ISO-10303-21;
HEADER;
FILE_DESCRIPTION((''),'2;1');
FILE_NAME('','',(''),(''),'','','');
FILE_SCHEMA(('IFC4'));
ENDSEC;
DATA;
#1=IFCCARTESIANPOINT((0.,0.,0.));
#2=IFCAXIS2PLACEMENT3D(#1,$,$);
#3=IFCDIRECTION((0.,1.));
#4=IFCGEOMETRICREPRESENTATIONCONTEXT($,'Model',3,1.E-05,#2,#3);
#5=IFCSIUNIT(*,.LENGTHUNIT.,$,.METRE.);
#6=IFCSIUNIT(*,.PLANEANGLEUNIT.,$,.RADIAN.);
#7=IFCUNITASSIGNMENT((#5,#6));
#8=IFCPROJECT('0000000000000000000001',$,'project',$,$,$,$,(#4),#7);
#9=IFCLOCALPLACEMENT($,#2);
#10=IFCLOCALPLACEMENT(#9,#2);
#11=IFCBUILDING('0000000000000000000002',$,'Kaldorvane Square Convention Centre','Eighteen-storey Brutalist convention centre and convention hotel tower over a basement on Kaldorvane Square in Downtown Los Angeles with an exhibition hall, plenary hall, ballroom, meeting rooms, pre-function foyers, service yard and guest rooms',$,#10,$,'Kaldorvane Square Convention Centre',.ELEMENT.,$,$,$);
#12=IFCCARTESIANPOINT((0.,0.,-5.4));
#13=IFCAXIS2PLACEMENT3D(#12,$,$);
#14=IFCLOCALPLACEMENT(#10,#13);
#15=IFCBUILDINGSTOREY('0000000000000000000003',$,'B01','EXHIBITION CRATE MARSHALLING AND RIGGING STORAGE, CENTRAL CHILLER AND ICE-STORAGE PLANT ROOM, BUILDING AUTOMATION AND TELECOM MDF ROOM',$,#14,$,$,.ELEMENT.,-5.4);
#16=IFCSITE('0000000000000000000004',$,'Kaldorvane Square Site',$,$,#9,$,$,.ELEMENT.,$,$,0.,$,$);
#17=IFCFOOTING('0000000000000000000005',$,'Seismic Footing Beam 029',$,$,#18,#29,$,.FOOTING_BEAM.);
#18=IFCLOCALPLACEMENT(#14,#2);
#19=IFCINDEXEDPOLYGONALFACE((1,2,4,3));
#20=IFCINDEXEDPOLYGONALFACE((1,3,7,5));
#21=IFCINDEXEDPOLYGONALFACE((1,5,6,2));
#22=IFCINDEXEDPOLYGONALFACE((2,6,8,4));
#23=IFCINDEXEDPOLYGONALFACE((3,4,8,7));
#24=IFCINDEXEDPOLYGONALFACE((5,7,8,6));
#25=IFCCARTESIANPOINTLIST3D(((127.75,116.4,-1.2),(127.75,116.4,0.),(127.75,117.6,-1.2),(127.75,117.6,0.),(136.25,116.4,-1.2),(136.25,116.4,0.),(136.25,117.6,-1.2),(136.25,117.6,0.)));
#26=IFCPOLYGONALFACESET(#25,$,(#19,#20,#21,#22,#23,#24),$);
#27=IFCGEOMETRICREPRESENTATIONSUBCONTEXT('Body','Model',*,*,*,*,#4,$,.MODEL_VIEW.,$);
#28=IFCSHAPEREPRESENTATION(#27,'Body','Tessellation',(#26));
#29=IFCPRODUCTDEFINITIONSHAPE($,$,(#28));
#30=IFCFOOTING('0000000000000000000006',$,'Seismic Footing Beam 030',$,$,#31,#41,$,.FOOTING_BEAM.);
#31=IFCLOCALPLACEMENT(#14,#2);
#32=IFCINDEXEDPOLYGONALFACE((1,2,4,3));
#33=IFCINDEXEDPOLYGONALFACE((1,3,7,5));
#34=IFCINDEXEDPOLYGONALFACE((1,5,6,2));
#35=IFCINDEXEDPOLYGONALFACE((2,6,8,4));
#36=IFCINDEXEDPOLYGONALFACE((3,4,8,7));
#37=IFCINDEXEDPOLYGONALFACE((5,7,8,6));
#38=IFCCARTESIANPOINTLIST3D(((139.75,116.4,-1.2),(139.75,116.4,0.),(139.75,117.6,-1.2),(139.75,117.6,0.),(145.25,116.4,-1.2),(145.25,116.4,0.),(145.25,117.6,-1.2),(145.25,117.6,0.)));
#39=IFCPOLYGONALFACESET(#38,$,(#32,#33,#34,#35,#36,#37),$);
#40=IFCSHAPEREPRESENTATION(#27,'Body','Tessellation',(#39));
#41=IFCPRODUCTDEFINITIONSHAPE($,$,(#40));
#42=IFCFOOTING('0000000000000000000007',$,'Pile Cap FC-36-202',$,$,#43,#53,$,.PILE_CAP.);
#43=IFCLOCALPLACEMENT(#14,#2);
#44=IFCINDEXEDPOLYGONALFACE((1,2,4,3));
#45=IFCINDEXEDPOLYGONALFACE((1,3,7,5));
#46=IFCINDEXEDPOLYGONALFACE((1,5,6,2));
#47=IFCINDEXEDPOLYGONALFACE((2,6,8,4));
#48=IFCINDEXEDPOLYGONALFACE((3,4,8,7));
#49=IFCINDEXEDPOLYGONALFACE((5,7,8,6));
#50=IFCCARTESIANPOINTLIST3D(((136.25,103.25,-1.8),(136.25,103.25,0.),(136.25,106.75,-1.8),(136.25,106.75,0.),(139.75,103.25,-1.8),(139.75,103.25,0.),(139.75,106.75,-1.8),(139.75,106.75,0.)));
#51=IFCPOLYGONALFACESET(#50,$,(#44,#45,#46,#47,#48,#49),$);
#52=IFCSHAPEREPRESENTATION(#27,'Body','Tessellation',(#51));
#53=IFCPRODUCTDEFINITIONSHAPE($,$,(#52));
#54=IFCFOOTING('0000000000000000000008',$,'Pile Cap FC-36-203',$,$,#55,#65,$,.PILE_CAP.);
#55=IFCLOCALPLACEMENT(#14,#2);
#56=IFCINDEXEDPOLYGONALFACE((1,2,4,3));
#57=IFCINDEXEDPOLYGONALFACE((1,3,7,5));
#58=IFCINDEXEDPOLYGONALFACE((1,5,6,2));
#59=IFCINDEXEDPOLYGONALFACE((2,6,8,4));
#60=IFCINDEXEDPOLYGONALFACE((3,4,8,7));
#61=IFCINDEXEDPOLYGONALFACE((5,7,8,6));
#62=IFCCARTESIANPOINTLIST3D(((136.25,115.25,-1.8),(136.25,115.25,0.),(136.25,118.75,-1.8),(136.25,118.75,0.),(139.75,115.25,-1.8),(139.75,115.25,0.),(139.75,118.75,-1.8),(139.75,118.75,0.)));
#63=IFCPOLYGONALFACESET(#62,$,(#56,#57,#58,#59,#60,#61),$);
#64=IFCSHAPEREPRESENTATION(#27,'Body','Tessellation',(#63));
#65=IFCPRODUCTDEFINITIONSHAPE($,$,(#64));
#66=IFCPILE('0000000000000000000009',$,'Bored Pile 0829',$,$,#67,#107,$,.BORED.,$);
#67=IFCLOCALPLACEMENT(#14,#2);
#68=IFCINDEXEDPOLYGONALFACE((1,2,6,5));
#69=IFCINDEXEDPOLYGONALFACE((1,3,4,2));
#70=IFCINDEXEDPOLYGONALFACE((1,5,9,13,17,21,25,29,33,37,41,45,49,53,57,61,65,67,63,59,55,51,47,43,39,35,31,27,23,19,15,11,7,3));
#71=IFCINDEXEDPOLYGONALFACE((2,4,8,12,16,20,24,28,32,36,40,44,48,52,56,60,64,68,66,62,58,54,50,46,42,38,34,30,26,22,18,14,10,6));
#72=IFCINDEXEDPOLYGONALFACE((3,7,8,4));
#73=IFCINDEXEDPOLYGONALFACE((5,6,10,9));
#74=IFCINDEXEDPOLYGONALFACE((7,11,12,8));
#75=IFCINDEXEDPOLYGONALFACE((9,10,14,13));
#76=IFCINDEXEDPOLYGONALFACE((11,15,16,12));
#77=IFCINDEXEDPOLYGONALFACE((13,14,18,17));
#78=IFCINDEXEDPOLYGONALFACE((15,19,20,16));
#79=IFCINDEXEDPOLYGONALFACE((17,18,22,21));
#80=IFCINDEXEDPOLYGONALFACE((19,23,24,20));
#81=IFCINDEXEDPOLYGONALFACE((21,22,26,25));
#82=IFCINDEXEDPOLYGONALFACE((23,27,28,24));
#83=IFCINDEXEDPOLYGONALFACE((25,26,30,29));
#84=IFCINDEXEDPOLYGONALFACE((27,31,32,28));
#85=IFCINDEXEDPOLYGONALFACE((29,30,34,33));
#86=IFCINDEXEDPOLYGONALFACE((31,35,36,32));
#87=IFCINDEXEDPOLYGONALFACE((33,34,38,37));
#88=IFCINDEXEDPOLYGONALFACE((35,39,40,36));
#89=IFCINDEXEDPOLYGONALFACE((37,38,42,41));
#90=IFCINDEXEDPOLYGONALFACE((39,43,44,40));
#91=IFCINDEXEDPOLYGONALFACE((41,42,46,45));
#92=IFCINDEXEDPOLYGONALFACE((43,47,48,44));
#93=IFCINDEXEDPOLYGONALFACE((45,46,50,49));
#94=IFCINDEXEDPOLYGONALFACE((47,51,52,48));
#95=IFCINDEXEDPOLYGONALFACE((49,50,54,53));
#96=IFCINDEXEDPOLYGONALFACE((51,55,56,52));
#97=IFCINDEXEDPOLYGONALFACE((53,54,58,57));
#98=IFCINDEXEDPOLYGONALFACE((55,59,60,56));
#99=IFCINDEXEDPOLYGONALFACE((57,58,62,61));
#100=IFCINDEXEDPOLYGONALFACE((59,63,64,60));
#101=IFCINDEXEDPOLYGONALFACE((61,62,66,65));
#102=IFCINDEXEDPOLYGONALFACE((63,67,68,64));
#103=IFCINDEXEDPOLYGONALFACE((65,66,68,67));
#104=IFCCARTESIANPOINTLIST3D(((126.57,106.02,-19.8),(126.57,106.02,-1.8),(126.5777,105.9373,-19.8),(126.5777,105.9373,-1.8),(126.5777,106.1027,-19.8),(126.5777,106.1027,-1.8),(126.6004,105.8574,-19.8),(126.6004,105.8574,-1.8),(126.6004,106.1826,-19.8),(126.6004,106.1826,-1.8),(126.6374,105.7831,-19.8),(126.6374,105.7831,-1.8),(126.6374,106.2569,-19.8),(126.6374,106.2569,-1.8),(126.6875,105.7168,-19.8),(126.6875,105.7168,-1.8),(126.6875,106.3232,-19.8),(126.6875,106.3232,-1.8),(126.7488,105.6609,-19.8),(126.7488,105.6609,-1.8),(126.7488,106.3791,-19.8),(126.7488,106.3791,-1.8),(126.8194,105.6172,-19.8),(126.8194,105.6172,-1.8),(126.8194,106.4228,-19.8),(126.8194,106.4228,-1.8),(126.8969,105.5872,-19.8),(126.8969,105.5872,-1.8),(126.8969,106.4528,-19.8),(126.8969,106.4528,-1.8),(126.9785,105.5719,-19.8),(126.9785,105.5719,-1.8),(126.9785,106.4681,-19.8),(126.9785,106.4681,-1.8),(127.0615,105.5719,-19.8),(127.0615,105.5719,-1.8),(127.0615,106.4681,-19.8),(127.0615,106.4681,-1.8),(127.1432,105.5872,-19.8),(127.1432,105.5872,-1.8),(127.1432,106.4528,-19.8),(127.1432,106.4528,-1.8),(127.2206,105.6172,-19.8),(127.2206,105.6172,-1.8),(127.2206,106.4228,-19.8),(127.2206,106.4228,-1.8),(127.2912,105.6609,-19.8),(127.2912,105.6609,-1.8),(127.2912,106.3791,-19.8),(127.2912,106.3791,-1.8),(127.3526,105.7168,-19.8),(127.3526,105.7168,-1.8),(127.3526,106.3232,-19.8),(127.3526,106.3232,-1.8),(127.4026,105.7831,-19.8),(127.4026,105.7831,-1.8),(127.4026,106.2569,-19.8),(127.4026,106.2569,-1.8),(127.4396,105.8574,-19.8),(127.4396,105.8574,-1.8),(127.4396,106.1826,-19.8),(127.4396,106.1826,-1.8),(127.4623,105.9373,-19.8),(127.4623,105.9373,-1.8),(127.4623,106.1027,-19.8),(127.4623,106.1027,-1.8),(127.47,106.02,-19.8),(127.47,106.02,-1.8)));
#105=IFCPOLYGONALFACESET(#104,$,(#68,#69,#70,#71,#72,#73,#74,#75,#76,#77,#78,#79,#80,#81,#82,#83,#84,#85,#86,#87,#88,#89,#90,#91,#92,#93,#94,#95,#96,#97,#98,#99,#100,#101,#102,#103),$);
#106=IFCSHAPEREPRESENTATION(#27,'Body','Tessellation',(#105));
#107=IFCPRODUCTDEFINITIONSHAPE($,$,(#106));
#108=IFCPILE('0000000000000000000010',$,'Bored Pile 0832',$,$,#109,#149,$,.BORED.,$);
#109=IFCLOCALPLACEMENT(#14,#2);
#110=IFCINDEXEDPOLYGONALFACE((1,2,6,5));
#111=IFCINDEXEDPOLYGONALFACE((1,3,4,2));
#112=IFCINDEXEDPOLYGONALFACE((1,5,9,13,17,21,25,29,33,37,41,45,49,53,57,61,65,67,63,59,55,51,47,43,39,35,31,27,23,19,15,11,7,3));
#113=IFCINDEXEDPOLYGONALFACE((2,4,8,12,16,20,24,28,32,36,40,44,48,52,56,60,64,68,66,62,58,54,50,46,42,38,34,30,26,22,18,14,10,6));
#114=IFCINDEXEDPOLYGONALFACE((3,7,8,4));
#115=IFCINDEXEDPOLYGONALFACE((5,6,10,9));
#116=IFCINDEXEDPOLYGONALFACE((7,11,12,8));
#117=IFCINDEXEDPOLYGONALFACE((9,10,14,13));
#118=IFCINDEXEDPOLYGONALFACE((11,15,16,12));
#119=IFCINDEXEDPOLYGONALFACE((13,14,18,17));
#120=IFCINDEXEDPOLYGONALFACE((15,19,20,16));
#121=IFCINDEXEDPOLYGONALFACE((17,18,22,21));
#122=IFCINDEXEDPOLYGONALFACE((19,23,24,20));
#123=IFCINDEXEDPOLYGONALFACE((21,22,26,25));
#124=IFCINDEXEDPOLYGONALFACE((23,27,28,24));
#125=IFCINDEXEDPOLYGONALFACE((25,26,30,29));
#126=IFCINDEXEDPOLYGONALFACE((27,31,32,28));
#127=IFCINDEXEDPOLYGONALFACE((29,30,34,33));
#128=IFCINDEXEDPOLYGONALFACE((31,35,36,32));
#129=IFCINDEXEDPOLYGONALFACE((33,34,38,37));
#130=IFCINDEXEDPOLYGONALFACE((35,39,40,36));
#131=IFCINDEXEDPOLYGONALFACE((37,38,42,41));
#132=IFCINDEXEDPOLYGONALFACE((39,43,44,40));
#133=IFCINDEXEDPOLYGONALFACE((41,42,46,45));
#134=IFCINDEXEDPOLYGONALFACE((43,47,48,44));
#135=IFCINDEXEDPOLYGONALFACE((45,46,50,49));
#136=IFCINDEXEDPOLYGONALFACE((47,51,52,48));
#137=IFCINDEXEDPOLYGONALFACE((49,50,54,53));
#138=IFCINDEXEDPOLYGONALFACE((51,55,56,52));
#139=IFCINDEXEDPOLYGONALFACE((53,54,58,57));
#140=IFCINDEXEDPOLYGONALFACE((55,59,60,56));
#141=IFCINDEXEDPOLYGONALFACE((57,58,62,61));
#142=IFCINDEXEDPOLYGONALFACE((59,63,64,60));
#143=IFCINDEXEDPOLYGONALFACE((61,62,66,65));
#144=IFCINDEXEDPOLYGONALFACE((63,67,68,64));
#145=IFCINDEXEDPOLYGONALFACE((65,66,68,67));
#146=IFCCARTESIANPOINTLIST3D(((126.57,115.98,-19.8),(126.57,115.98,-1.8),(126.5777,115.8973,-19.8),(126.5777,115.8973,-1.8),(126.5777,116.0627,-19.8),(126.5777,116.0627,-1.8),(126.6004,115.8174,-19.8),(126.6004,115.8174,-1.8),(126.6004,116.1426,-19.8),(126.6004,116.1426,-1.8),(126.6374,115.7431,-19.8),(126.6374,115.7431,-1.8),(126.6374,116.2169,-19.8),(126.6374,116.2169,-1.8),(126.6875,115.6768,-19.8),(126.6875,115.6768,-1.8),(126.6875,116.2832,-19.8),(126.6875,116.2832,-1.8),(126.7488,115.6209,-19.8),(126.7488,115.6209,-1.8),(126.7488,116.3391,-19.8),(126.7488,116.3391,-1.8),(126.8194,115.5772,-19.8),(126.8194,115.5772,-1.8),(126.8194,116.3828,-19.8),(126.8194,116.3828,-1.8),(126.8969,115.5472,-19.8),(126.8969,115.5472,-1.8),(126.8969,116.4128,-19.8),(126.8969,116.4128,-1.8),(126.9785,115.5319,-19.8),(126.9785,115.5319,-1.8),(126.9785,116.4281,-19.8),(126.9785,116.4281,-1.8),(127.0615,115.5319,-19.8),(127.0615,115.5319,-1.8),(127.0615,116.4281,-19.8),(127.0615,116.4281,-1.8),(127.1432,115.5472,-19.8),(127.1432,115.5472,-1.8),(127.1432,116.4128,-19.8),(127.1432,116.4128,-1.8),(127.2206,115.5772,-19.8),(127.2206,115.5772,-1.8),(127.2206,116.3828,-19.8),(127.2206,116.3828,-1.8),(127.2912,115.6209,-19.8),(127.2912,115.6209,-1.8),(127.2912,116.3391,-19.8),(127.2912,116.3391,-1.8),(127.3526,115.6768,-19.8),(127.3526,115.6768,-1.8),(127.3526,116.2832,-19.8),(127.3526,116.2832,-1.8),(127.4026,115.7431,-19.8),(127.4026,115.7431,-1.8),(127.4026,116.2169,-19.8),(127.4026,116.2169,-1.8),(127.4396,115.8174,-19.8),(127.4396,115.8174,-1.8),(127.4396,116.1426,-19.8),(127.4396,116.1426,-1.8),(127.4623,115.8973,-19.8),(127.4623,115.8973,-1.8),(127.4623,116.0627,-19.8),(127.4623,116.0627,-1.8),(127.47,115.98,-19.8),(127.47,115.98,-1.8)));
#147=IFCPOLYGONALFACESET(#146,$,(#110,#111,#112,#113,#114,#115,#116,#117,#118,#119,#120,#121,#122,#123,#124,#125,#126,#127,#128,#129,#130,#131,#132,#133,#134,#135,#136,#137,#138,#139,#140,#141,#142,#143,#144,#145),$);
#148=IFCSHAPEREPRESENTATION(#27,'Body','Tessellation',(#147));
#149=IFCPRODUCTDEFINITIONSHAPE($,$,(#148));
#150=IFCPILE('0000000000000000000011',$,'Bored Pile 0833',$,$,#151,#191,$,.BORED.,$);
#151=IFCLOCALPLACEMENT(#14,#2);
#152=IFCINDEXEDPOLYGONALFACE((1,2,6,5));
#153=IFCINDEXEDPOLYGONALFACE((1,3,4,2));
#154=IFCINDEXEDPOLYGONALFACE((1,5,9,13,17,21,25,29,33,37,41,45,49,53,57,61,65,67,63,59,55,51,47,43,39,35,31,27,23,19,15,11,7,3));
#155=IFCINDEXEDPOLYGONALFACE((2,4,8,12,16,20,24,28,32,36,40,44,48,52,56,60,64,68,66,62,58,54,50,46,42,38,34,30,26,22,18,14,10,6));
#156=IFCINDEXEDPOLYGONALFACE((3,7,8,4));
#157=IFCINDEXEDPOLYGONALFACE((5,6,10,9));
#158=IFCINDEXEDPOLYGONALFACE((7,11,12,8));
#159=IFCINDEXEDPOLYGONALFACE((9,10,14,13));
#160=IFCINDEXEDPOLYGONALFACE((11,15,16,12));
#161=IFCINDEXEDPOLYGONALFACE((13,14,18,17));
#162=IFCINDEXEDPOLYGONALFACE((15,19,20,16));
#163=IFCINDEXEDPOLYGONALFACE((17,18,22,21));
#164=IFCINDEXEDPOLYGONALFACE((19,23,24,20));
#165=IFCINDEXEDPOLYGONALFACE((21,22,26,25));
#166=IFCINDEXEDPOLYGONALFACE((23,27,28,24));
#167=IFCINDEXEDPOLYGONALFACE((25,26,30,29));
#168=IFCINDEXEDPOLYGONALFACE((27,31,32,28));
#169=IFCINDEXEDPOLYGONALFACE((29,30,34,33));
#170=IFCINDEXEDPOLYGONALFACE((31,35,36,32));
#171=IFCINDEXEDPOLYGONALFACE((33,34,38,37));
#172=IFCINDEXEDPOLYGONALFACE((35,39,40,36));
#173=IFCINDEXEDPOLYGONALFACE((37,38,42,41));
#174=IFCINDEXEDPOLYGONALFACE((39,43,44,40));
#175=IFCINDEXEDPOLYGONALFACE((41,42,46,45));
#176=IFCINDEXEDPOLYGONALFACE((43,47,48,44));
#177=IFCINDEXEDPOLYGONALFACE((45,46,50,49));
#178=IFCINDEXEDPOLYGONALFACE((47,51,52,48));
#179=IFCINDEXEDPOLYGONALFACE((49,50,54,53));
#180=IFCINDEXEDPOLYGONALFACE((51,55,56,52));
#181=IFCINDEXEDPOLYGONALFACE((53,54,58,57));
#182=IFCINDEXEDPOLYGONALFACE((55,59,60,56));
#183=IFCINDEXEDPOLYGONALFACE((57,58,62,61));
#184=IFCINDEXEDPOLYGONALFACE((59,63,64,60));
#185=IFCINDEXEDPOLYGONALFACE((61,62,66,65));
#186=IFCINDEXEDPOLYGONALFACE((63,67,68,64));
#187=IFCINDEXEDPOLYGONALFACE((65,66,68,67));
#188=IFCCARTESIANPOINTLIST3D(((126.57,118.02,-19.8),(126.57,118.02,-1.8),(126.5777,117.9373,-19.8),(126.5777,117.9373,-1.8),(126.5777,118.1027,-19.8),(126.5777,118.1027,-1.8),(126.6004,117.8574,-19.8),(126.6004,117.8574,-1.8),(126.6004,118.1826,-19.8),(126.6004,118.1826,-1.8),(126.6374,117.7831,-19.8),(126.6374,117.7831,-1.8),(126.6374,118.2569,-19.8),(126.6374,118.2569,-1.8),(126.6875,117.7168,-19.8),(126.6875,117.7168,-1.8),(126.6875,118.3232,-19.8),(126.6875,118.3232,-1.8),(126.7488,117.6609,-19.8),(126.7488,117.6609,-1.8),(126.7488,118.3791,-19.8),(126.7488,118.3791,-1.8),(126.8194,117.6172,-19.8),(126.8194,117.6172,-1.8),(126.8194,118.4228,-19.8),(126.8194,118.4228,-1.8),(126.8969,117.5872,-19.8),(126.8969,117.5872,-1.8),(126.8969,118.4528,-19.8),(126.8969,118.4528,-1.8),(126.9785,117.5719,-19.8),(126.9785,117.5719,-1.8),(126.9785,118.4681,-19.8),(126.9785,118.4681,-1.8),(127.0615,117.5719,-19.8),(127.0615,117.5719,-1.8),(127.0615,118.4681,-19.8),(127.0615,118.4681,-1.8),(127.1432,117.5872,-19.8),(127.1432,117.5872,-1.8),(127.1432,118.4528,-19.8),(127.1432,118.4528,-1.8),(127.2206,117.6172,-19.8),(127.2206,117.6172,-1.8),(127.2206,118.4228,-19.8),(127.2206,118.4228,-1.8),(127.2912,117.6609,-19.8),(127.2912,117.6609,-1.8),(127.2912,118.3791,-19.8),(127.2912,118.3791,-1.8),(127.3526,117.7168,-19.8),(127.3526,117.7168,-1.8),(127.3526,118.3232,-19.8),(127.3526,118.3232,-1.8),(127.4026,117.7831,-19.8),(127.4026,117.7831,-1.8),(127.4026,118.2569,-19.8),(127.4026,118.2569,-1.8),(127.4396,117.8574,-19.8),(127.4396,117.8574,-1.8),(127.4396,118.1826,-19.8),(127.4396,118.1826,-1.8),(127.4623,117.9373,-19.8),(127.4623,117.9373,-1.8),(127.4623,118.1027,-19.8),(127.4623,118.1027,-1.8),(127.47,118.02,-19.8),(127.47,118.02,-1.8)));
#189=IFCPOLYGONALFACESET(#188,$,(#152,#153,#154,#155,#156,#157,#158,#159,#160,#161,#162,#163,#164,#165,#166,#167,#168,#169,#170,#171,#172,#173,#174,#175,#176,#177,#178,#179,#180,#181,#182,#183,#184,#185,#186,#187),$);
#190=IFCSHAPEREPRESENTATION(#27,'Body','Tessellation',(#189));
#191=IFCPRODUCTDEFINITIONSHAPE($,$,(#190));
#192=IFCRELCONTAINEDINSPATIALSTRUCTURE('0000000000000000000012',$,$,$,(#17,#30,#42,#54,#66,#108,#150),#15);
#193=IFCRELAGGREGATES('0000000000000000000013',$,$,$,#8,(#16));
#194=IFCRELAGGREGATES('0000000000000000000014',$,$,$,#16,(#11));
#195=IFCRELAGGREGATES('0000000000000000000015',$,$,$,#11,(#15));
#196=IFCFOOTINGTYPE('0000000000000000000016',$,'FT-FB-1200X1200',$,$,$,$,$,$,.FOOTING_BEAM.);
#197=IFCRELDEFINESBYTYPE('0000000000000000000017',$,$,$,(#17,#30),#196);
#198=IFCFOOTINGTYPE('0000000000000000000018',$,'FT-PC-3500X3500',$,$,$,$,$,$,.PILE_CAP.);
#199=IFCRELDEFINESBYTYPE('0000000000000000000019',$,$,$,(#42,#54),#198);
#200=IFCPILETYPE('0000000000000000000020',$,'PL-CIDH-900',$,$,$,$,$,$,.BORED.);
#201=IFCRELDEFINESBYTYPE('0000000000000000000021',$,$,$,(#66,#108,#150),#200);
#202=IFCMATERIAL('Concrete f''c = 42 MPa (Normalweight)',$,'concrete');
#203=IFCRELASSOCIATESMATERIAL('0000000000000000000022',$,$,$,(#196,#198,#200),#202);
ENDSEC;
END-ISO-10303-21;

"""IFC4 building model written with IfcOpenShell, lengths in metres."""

from ifc_helpers import new_model, si_unit, direction, frame, origin, origin_2d, place, context, subcontext, project, spatial, rectangle, circle, extrude, material, material_profile, profile_set, type_object, element, save


model = new_model("IFC4")

# Units and contexts
model_context = context("Model", 3, precision=1e-05, world=origin(), true_north=direction((0.0, 1.0)))
body_context = subcontext(model_context, "Body", "Model", "MODEL_VIEW")
ifc_project = project(units=[si_unit("LENGTHUNIT", "METRE"), si_unit("PLANEANGLEUNIT", "RADIAN")], contexts=[model_context])

# Site, building, storey
site_placement = place(None, origin())
site = spatial("IfcSite", under=ifc_project, at=site_placement, Name="Kaldorvane Square Site", CompositionType="ELEMENT", RefElevation=0.0)
building_placement = place(site_placement, origin())
building = spatial("IfcBuilding", under=site, at=building_placement, Name="Kaldorvane Square Convention Centre", Description="Eighteen-storey Brutalist convention centre and convention hotel tower over a basement on Kaldorvane Square in Downtown Los Angeles with an exhibition hall, plenary hall, ballroom, meeting rooms, pre-function foyers, service yard and guest rooms", LongName="Kaldorvane Square Convention Centre", CompositionType="ELEMENT")
storey_placement = place(building_placement, frame((0.0, 0.0, -5.4)))
storey = spatial("IfcBuildingStorey", under=building, at=storey_placement, Name="B01", Description="EXHIBITION CRATE MARSHALLING AND RIGGING STORAGE, CENTRAL CHILLER AND ICE-STORAGE PLANT ROOM, BUILDING AUTOMATION AND TELECOM MDF ROOM", CompositionType="ELEMENT", Elevation=-5.4)

# Footings
ifc_material_1 = material(Name="Concrete f'c = 42 MPa (Normalweight)", Category="concrete")
footing_type_1 = type_object("IfcFootingType", Name="FT-FB-1200X1200", PredefinedType="FOOTING_BEAM", material=ifc_material_1)
footing_1_placement = place(storey_placement, frame((132.0, 117.0, -1.2), z_axis=(0.0, 0.0, 1.0), x_axis=(1.0, 0.0, 0.0)))
element("IfcFooting", 1, at=footing_1_placement, inside=storey, type_object=footing_type_1, Name="Seismic Footing Beam 029", PredefinedType="FOOTING_BEAM", context=body_context, shape_type="SweptSolid", body=[
    extrude(rectangle(XDim=8.5, YDim=1.2, at=origin_2d()), origin(), (0.0, 0.0, 1.0), 1.2),
])
footing_2_placement = place(storey_placement, frame((142.5, 117.0, -1.2), z_axis=(0.0, 0.0, 1.0), x_axis=(1.0, 0.0, 0.0)))
element("IfcFooting", 2, at=footing_2_placement, inside=storey, type_object=footing_type_1, Name="Seismic Footing Beam 030", PredefinedType="FOOTING_BEAM", context=body_context, shape_type="SweptSolid", body=[
    extrude(rectangle(XDim=5.5, YDim=1.2, at=origin_2d()), origin(), (0.0, 0.0, 1.0), 1.2),
])
footing_type_2 = type_object("IfcFootingType", Name="FT-PC-3500X3500", PredefinedType="PILE_CAP", material=ifc_material_1)
for number, where, z_axis, x_axis, name in (
    (3, (138.0, 105.0, -1.8), (0.0, 0.0, 1.0), (1.0, 0.0, 0.0), "Pile Cap FC-36-202"),
    (4, (138.0, 117.0, -1.8), (0.0, 0.0, 1.0), (1.0, 0.0, 0.0), "Pile Cap FC-36-203"),
):
    element("IfcFooting", number, at=place(storey_placement, frame(where, z_axis=z_axis, x_axis=x_axis)), inside=storey, type_object=footing_type_2, Name=name, PredefinedType="PILE_CAP", context=body_context, shape_type="SweptSolid", body=[
        extrude(rectangle(XDim=3.5, YDim=3.5, at=origin_2d()), origin(), (0.0, 0.0, 1.0), 1.8),
    ])

# Piles
ifc_material_profile_1 = material_profile(ifc_material_1, circle(Radius=0.45, at=origin_2d()), Name="PILE-D900")
ifc_profile_set_1 = profile_set([ifc_material_profile_1], Name="Concrete f'c = 42 MPa (Normalweight)")
pile_type = type_object("IfcPileType", Name="PL-CIDH-900", PredefinedType="BORED", material=ifc_profile_set_1)
for number, where, z_axis, x_axis, name in (
    (5, (127.02, 106.02, -1.8), (0.0, 0.0, -1.0), (1.0, 0.0, 0.0), "Bored Pile 0829"),
    (6, (127.02, 115.98, -1.8), (0.0, 0.0, -1.0), (1.0, 0.0, 0.0), "Bored Pile 0832"),
    (7, (127.02, 118.02, -1.8), (0.0, 0.0, -1.0), (1.0, 0.0, 0.0), "Bored Pile 0833"),
):
    element("IfcPile", number, at=place(storey_placement, frame(where, z_axis=z_axis, x_axis=x_axis)), inside=storey, type_object=pile_type, Name=name, PredefinedType="BORED", context=body_context, shape_type="SweptSolid", body=[
        extrude(circle(Radius=0.45, at=origin_2d()), origin(), (0.0, 0.0, 1.0), 18.0),
    ])

save(model, "model.ifc")
